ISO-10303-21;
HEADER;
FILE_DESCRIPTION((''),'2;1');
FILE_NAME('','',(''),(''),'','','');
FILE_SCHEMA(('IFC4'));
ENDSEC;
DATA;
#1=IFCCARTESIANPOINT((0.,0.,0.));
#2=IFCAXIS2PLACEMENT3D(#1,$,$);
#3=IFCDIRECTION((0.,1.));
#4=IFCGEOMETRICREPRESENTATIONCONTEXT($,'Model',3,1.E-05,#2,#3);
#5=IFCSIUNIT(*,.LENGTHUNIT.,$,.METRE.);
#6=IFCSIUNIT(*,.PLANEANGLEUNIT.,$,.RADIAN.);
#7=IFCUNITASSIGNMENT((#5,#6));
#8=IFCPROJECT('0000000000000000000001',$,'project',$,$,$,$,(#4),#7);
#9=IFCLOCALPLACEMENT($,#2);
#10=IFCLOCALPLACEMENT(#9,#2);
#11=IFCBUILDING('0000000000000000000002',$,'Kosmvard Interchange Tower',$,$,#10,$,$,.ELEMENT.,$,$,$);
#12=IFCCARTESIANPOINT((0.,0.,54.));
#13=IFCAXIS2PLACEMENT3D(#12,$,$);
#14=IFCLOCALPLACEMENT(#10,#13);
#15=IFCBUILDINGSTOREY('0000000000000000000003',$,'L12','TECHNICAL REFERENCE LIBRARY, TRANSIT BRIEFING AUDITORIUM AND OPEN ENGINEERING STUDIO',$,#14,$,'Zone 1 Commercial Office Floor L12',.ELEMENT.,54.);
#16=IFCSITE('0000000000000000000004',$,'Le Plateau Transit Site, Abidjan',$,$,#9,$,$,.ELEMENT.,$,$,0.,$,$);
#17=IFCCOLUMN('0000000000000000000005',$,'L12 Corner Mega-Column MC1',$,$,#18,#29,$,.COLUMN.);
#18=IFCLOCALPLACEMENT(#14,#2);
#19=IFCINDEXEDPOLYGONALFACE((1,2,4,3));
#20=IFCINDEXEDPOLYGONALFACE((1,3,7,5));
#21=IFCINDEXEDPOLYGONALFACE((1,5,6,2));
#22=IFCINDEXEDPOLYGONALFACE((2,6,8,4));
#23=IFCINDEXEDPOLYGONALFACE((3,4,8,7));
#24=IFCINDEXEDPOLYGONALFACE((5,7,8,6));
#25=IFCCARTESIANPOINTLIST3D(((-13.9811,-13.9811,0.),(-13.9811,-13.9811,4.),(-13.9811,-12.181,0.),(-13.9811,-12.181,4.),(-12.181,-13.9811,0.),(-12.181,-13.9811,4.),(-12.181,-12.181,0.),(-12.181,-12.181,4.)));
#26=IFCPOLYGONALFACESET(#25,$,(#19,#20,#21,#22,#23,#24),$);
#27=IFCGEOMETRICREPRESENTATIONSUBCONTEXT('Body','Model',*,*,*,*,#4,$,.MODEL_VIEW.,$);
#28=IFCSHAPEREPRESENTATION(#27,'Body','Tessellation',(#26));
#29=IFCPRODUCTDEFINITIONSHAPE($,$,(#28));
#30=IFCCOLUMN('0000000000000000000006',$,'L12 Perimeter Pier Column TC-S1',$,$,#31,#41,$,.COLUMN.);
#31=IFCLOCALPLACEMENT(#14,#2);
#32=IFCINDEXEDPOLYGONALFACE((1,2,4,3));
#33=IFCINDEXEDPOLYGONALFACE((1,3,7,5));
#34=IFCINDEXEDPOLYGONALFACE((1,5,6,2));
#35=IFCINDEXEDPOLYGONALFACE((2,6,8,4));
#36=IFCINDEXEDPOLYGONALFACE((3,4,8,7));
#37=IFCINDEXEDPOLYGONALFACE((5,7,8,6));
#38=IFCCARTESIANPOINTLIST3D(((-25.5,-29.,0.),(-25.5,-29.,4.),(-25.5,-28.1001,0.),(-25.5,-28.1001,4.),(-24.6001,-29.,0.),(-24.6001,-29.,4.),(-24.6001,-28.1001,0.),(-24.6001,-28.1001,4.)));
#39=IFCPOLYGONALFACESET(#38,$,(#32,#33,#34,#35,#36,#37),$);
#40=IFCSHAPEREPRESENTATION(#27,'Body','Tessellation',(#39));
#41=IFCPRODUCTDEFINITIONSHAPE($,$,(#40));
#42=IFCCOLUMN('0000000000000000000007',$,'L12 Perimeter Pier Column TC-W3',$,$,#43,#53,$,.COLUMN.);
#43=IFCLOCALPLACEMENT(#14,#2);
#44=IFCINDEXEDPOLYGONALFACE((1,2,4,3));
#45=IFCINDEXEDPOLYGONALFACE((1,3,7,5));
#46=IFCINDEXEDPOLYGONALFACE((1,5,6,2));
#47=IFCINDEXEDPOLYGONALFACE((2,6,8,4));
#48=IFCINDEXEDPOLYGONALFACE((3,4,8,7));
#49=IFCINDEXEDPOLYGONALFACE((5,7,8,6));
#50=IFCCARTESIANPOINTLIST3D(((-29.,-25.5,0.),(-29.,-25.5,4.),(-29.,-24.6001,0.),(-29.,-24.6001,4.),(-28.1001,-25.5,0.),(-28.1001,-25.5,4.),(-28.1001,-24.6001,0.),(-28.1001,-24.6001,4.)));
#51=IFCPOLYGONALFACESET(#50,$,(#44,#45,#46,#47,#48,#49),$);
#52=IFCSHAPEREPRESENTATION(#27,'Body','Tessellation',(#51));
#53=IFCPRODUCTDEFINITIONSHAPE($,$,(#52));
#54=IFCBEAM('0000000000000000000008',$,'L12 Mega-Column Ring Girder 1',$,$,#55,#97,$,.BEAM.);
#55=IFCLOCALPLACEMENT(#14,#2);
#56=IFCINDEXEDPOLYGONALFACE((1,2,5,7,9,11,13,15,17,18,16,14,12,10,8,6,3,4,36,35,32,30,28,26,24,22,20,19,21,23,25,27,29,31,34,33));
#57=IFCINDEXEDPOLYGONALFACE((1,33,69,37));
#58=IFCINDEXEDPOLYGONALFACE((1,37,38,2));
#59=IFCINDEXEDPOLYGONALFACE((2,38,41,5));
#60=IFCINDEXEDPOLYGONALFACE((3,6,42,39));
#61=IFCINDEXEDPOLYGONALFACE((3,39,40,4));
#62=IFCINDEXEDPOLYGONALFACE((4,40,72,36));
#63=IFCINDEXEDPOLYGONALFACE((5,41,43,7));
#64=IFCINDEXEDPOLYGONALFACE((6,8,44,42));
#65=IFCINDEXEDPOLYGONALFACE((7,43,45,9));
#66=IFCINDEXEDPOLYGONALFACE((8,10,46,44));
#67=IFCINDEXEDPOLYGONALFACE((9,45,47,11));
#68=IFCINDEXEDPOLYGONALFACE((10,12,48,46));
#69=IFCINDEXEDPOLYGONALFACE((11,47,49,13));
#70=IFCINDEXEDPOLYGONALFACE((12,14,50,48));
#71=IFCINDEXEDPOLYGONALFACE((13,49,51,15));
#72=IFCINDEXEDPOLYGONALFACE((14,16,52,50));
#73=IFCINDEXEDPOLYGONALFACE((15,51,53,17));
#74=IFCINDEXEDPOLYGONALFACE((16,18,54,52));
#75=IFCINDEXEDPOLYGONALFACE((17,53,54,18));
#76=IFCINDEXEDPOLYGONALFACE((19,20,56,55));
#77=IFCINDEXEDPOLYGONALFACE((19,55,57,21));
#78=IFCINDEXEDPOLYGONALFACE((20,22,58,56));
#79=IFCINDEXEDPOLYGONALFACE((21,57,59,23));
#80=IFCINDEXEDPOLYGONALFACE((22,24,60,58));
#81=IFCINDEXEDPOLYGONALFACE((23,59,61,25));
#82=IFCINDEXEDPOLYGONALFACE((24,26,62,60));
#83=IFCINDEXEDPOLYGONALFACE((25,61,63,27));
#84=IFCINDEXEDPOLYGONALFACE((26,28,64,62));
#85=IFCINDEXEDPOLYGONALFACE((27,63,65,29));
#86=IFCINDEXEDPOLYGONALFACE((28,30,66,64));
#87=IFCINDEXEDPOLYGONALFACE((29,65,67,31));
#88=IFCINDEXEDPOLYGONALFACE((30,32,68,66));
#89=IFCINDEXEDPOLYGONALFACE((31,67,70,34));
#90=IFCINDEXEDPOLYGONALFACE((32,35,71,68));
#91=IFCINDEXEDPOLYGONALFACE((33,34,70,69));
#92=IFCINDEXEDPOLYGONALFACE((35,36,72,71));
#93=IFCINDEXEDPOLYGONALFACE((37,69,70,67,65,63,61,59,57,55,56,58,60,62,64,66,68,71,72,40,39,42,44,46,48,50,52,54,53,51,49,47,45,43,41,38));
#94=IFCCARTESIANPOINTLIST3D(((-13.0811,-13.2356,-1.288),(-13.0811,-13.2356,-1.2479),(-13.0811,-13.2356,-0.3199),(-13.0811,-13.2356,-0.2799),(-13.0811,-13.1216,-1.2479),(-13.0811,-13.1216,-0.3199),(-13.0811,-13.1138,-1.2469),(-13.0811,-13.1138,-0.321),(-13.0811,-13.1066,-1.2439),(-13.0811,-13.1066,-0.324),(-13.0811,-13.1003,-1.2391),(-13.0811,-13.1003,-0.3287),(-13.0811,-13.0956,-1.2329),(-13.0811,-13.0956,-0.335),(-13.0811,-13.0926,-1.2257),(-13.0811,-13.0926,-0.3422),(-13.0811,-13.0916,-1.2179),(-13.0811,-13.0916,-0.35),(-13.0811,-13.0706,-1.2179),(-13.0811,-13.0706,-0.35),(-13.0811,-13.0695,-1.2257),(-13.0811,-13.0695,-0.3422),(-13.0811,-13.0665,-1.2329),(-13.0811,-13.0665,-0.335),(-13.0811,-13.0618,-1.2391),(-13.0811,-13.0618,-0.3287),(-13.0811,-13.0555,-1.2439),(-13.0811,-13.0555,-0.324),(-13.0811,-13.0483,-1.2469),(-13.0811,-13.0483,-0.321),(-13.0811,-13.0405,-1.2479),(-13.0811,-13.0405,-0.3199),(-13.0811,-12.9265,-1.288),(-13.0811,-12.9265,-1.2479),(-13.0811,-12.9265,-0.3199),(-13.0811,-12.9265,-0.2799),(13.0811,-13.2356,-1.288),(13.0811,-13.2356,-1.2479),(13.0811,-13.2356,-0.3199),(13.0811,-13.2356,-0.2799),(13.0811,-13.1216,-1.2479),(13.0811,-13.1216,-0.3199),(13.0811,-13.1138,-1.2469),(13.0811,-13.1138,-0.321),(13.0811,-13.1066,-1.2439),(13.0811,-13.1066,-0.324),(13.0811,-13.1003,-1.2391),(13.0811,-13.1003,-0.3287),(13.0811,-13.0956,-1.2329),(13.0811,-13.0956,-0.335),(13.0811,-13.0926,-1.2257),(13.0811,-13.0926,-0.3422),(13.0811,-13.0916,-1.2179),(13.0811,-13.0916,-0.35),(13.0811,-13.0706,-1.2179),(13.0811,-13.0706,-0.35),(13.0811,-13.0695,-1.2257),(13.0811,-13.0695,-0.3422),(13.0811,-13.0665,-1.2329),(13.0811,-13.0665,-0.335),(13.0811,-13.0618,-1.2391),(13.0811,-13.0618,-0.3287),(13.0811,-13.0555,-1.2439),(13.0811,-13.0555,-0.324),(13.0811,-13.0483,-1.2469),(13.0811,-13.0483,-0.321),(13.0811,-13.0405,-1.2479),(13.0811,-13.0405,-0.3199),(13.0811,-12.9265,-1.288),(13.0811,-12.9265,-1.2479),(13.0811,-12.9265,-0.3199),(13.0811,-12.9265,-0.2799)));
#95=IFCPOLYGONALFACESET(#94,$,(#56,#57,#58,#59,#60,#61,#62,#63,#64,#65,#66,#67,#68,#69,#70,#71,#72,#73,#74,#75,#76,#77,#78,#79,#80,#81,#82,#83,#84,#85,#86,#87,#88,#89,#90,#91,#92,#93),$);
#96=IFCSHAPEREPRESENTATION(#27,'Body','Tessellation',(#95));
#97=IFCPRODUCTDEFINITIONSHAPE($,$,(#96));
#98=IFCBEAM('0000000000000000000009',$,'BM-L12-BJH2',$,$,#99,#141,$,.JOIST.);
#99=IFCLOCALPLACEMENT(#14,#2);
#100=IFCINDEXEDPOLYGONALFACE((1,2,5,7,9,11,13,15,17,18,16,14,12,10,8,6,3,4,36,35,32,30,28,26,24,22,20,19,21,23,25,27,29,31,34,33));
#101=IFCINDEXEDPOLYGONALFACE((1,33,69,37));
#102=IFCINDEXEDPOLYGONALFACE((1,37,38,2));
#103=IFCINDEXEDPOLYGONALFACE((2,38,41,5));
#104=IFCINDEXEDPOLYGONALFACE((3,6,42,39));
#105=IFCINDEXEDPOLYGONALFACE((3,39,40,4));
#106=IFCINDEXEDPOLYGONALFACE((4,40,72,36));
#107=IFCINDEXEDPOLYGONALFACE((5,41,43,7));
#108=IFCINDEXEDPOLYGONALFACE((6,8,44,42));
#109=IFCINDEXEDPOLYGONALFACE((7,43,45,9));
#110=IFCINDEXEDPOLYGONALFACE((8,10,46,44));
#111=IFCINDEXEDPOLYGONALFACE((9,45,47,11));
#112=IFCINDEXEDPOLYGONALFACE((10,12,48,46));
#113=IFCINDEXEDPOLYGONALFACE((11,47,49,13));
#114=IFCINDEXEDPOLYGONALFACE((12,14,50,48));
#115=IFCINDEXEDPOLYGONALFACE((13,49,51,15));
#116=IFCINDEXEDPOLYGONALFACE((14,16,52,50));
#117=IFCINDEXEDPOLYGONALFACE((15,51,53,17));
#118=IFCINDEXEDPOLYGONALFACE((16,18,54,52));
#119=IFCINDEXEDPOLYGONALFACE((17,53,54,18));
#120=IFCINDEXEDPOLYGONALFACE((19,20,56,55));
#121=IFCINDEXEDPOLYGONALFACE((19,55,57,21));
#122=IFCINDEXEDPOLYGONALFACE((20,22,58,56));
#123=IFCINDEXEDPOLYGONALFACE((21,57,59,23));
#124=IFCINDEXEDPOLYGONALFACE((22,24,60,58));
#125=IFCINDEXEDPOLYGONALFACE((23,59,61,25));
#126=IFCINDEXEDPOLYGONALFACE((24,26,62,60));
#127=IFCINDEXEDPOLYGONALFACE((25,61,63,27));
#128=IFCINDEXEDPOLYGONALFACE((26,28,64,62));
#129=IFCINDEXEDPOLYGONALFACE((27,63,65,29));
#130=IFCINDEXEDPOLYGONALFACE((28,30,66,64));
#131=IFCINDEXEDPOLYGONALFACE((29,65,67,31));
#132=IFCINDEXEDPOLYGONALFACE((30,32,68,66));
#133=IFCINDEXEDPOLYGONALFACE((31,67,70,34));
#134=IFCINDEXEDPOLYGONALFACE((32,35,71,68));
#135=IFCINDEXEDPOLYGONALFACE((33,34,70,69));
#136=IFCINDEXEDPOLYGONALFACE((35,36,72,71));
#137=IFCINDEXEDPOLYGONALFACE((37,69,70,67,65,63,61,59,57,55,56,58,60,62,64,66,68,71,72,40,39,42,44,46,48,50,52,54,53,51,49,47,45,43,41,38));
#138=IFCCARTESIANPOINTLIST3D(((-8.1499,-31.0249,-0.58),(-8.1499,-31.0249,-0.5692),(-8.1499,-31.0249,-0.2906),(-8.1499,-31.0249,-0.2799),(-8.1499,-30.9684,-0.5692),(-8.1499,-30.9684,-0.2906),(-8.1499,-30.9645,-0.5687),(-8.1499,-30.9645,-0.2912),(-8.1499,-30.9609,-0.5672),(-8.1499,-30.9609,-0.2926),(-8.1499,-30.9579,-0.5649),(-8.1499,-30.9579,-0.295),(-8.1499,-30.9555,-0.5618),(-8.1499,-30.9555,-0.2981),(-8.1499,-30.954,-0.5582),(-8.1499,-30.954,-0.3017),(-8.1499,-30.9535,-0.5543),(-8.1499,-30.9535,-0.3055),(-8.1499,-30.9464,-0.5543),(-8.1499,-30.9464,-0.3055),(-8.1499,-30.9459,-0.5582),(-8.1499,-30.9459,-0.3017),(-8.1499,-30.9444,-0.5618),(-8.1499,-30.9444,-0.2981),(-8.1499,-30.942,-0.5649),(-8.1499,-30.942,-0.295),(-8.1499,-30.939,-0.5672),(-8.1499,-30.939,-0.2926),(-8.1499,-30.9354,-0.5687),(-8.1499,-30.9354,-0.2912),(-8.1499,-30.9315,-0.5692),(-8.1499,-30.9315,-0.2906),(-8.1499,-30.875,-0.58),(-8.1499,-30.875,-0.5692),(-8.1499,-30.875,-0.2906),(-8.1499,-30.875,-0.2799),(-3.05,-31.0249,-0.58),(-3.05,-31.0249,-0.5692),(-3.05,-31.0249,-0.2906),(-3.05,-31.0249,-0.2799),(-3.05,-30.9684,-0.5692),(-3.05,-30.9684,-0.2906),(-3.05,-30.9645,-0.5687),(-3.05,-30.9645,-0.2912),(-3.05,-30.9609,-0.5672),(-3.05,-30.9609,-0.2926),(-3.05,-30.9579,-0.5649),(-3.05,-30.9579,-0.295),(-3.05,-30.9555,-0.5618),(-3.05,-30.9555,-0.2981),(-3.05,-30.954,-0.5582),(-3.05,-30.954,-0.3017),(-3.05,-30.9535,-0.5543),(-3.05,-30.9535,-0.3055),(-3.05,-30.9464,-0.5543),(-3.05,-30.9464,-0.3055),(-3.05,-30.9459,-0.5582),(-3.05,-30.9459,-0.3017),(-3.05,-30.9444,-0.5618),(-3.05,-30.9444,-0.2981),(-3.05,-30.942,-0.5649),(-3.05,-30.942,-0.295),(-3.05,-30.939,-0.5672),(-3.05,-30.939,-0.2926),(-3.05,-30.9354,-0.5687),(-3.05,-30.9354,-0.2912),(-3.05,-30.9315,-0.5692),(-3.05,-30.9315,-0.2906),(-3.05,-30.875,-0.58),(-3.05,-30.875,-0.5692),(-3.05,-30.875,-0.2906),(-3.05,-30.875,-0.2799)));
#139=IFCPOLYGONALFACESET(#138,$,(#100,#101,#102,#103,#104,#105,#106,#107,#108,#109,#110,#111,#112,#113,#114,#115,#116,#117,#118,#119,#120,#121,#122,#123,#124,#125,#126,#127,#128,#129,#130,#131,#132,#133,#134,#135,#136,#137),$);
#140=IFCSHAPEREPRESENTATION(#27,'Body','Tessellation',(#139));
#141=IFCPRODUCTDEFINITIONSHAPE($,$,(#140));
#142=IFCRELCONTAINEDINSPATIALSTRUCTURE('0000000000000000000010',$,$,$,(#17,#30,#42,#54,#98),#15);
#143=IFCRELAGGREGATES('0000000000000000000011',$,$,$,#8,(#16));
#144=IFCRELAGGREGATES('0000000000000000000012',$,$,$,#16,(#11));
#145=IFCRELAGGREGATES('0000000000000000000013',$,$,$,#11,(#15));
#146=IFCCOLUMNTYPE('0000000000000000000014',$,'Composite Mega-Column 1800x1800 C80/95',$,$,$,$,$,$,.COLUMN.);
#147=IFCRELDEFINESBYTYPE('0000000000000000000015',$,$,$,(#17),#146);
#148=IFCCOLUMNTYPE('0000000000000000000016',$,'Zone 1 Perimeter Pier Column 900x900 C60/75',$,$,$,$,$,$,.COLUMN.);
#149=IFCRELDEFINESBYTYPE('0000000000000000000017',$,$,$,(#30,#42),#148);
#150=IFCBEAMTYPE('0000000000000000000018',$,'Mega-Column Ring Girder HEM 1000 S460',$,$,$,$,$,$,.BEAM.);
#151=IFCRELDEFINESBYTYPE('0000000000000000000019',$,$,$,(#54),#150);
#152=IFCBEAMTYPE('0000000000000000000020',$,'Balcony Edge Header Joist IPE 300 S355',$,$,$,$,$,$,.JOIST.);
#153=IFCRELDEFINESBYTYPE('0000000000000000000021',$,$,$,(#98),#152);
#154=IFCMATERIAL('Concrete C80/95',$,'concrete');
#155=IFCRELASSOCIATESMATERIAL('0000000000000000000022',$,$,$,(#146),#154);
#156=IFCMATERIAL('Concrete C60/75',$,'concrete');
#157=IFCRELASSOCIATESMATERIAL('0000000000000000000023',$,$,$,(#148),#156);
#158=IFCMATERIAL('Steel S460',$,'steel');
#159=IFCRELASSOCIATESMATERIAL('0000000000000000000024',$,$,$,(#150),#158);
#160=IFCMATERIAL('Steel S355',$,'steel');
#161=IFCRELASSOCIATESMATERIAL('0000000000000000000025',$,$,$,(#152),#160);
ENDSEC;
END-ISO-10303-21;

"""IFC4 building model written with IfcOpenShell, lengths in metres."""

from ifc_helpers import new_model, si_unit, direction, frame, origin, origin_2d, place, context, subcontext, project, spatial, rectangle, i_section, extrude, source, transform, mapped, material, material_profile, profile_set, type_object, element, save


model = new_model("IFC4")

# Units and contexts
model_context = context("Model", 3, precision=1e-05, world=origin(), true_north=direction((0.0, 1.0)))
body_context = subcontext(model_context, "Body", "Model", "MODEL_VIEW")
ifc_project = project(units=[si_unit("LENGTHUNIT", "METRE"), si_unit("PLANEANGLEUNIT", "RADIAN")], contexts=[model_context])

# Site, building, storey
site_placement = place(None, origin())
site = spatial("IfcSite", under=ifc_project, at=site_placement, Name="Le Plateau Transit Site, Abidjan", CompositionType="ELEMENT", RefElevation=0.0)
building_placement = place(site_placement, origin())
building = spatial("IfcBuilding", under=site, at=building_placement, Name="Kosmvard Interchange Tower", CompositionType="ELEMENT")
storey_placement = place(building_placement, frame((0.0, 0.0, 54.0)))
storey = spatial("IfcBuildingStorey", under=building, at=storey_placement, Name="L12", Description="TECHNICAL REFERENCE LIBRARY, TRANSIT BRIEFING AUDITORIUM AND OPEN ENGINEERING STUDIO", LongName="Zone 1 Commercial Office Floor L12", CompositionType="ELEMENT", Elevation=54.0)

# Columns
ifc_material_1 = material(Name="Concrete C80/95", Category="concrete")
ifc_material_profile_1 = material_profile(ifc_material_1, rectangle(XDim=1.8, YDim=1.8, at=origin_2d()), Name="MC 1800x1800")
ifc_profile_set_1 = profile_set([ifc_material_profile_1], Name="Concrete C80/95")
column_type_1 = type_object("IfcColumnType", Name="Composite Mega-Column 1800x1800 C80/95", PredefinedType="COLUMN", material=ifc_profile_set_1)
shared_shape_1 = source(origin(), body_context, "Body", "SweptSolid", [
    extrude(rectangle(XDim=1.8, YDim=1.8, at=origin_2d()), origin(), (0.0, 0.0, 1.0), 4.0),
])
column_placement = place(storey_placement, frame((-13.0811, -13.0811, 0.0), z_axis=(0.0, 0.0, 1.0), x_axis=(1.0, 0.0, 0.0)))
element("IfcColumn", 1, at=column_placement, inside=storey, type_object=column_type_1, Name="L12 Corner Mega-Column MC1", PredefinedType="COLUMN", context=body_context, shape_type="MappedRepresentation", body=[
    mapped(shared_shape_1, transform((0.0, 0.0, 0.0), scale=1.0)),
])
ifc_material_2 = material(Name="Concrete C60/75", Category="concrete")
ifc_material_profile_2 = material_profile(ifc_material_2, rectangle(XDim=0.8999, YDim=0.8999, at=origin_2d()), Name="TC 900x900")
ifc_profile_set_2 = profile_set([ifc_material_profile_2], Name="Concrete C60/75")
column_type_2 = type_object("IfcColumnType", Name="Zone 1 Perimeter Pier Column 900x900 C60/75", PredefinedType="COLUMN", material=ifc_profile_set_2)
shared_shape_2 = source(origin(), body_context, "Body", "SweptSolid", [
    extrude(rectangle(XDim=0.8999, YDim=0.8999, at=origin_2d()), origin(), (0.0, 0.0, 1.0), 4.0),
])
for number, where, z_axis, x_axis, name in (
    (2, (-25.05, -28.55, 0.0), (0.0, 0.0, 1.0), (1.0, 0.0, 0.0), "L12 Perimeter Pier Column TC-S1"),
    (3, (-28.55, -25.05, 0.0), (0.0, 0.0, 1.0), (1.0, 0.0, 0.0), "L12 Perimeter Pier Column TC-W3"),
):
    element("IfcColumn", number, at=place(storey_placement, frame(where, z_axis=z_axis, x_axis=x_axis)), inside=storey, type_object=column_type_2, Name=name, PredefinedType="COLUMN", context=body_context, shape_type="MappedRepresentation", body=[
        mapped(shared_shape_2, transform((0.0, 0.0, 0.0), scale=1.0)),
    ])

# Beams
ifc_material_3 = material(Name="Steel S460", Category="steel")
ifc_material_profile_3 = material_profile(ifc_material_3, i_section(OverallWidth=0.3091, OverallDepth=1.0081, WebThickness=0.021, FlangeThickness=0.04, FilletRadius=0.03, at=origin_2d()), Name="HEM 1000")
ifc_profile_set_3 = profile_set([ifc_material_profile_3], Name="Steel S460")
beam_type_1 = type_object("IfcBeamType", Name="Mega-Column Ring Girder HEM 1000 S460", PredefinedType="BEAM", material=ifc_profile_set_3)
shared_shape_3 = source(origin(), body_context, "Body", "SweptSolid", [
    extrude(i_section(OverallWidth=0.3091, OverallDepth=1.0081, WebThickness=0.021, FlangeThickness=0.04, FilletRadius=0.03, at=origin_2d()), origin(), (0.0, 0.0, 1.0), 26.1621),
])
beam_1_placement = place(storey_placement, frame((-13.0811, -13.0811, -0.7839), z_axis=(1.0, 0.0, 0.0), x_axis=(0.0, 1.0, 0.0)))
element("IfcBeam", 4, at=beam_1_placement, inside=storey, type_object=beam_type_1, Name="L12 Mega-Column Ring Girder 1", PredefinedType="BEAM", context=body_context, shape_type="MappedRepresentation", body=[
    mapped(shared_shape_3, transform((0.0, 0.0, 0.0), scale=1.0)),
])
ifc_material_4 = material(Name="Steel S355", Category="steel")
ifc_material_profile_4 = material_profile(ifc_material_4, i_section(OverallWidth=0.1499, OverallDepth=0.3, WebThickness=0.0071, FlangeThickness=0.0107, FilletRadius=0.0149, at=origin_2d()), Name="IPE 300")
ifc_profile_set_4 = profile_set([ifc_material_profile_4], Name="Steel S355")
beam_type_2 = type_object("IfcBeamType", Name="Balcony Edge Header Joist IPE 300 S355", PredefinedType="JOIST", material=ifc_profile_set_4)
shared_shape_4 = source(origin(), body_context, "Body", "SweptSolid", [
    extrude(i_section(OverallWidth=0.1499, OverallDepth=0.3, WebThickness=0.0071, FlangeThickness=0.0107, FilletRadius=0.0149, at=origin_2d()), origin(), (0.0, 0.0, 1.0), 5.0999),
])
beam_2_placement = place(storey_placement, frame((-8.1499, -30.95, -0.4299), z_axis=(1.0, 0.0, 0.0), x_axis=(0.0, 1.0, 0.0)))
element("IfcBeam", 5, at=beam_2_placement, inside=storey, type_object=beam_type_2, Name="BM-L12-BJH2", PredefinedType="JOIST", context=body_context, shape_type="MappedRepresentation", body=[
    mapped(shared_shape_4, transform((0.0, 0.0, 0.0), scale=1.0)),
])

save(model, "model.ifc")
